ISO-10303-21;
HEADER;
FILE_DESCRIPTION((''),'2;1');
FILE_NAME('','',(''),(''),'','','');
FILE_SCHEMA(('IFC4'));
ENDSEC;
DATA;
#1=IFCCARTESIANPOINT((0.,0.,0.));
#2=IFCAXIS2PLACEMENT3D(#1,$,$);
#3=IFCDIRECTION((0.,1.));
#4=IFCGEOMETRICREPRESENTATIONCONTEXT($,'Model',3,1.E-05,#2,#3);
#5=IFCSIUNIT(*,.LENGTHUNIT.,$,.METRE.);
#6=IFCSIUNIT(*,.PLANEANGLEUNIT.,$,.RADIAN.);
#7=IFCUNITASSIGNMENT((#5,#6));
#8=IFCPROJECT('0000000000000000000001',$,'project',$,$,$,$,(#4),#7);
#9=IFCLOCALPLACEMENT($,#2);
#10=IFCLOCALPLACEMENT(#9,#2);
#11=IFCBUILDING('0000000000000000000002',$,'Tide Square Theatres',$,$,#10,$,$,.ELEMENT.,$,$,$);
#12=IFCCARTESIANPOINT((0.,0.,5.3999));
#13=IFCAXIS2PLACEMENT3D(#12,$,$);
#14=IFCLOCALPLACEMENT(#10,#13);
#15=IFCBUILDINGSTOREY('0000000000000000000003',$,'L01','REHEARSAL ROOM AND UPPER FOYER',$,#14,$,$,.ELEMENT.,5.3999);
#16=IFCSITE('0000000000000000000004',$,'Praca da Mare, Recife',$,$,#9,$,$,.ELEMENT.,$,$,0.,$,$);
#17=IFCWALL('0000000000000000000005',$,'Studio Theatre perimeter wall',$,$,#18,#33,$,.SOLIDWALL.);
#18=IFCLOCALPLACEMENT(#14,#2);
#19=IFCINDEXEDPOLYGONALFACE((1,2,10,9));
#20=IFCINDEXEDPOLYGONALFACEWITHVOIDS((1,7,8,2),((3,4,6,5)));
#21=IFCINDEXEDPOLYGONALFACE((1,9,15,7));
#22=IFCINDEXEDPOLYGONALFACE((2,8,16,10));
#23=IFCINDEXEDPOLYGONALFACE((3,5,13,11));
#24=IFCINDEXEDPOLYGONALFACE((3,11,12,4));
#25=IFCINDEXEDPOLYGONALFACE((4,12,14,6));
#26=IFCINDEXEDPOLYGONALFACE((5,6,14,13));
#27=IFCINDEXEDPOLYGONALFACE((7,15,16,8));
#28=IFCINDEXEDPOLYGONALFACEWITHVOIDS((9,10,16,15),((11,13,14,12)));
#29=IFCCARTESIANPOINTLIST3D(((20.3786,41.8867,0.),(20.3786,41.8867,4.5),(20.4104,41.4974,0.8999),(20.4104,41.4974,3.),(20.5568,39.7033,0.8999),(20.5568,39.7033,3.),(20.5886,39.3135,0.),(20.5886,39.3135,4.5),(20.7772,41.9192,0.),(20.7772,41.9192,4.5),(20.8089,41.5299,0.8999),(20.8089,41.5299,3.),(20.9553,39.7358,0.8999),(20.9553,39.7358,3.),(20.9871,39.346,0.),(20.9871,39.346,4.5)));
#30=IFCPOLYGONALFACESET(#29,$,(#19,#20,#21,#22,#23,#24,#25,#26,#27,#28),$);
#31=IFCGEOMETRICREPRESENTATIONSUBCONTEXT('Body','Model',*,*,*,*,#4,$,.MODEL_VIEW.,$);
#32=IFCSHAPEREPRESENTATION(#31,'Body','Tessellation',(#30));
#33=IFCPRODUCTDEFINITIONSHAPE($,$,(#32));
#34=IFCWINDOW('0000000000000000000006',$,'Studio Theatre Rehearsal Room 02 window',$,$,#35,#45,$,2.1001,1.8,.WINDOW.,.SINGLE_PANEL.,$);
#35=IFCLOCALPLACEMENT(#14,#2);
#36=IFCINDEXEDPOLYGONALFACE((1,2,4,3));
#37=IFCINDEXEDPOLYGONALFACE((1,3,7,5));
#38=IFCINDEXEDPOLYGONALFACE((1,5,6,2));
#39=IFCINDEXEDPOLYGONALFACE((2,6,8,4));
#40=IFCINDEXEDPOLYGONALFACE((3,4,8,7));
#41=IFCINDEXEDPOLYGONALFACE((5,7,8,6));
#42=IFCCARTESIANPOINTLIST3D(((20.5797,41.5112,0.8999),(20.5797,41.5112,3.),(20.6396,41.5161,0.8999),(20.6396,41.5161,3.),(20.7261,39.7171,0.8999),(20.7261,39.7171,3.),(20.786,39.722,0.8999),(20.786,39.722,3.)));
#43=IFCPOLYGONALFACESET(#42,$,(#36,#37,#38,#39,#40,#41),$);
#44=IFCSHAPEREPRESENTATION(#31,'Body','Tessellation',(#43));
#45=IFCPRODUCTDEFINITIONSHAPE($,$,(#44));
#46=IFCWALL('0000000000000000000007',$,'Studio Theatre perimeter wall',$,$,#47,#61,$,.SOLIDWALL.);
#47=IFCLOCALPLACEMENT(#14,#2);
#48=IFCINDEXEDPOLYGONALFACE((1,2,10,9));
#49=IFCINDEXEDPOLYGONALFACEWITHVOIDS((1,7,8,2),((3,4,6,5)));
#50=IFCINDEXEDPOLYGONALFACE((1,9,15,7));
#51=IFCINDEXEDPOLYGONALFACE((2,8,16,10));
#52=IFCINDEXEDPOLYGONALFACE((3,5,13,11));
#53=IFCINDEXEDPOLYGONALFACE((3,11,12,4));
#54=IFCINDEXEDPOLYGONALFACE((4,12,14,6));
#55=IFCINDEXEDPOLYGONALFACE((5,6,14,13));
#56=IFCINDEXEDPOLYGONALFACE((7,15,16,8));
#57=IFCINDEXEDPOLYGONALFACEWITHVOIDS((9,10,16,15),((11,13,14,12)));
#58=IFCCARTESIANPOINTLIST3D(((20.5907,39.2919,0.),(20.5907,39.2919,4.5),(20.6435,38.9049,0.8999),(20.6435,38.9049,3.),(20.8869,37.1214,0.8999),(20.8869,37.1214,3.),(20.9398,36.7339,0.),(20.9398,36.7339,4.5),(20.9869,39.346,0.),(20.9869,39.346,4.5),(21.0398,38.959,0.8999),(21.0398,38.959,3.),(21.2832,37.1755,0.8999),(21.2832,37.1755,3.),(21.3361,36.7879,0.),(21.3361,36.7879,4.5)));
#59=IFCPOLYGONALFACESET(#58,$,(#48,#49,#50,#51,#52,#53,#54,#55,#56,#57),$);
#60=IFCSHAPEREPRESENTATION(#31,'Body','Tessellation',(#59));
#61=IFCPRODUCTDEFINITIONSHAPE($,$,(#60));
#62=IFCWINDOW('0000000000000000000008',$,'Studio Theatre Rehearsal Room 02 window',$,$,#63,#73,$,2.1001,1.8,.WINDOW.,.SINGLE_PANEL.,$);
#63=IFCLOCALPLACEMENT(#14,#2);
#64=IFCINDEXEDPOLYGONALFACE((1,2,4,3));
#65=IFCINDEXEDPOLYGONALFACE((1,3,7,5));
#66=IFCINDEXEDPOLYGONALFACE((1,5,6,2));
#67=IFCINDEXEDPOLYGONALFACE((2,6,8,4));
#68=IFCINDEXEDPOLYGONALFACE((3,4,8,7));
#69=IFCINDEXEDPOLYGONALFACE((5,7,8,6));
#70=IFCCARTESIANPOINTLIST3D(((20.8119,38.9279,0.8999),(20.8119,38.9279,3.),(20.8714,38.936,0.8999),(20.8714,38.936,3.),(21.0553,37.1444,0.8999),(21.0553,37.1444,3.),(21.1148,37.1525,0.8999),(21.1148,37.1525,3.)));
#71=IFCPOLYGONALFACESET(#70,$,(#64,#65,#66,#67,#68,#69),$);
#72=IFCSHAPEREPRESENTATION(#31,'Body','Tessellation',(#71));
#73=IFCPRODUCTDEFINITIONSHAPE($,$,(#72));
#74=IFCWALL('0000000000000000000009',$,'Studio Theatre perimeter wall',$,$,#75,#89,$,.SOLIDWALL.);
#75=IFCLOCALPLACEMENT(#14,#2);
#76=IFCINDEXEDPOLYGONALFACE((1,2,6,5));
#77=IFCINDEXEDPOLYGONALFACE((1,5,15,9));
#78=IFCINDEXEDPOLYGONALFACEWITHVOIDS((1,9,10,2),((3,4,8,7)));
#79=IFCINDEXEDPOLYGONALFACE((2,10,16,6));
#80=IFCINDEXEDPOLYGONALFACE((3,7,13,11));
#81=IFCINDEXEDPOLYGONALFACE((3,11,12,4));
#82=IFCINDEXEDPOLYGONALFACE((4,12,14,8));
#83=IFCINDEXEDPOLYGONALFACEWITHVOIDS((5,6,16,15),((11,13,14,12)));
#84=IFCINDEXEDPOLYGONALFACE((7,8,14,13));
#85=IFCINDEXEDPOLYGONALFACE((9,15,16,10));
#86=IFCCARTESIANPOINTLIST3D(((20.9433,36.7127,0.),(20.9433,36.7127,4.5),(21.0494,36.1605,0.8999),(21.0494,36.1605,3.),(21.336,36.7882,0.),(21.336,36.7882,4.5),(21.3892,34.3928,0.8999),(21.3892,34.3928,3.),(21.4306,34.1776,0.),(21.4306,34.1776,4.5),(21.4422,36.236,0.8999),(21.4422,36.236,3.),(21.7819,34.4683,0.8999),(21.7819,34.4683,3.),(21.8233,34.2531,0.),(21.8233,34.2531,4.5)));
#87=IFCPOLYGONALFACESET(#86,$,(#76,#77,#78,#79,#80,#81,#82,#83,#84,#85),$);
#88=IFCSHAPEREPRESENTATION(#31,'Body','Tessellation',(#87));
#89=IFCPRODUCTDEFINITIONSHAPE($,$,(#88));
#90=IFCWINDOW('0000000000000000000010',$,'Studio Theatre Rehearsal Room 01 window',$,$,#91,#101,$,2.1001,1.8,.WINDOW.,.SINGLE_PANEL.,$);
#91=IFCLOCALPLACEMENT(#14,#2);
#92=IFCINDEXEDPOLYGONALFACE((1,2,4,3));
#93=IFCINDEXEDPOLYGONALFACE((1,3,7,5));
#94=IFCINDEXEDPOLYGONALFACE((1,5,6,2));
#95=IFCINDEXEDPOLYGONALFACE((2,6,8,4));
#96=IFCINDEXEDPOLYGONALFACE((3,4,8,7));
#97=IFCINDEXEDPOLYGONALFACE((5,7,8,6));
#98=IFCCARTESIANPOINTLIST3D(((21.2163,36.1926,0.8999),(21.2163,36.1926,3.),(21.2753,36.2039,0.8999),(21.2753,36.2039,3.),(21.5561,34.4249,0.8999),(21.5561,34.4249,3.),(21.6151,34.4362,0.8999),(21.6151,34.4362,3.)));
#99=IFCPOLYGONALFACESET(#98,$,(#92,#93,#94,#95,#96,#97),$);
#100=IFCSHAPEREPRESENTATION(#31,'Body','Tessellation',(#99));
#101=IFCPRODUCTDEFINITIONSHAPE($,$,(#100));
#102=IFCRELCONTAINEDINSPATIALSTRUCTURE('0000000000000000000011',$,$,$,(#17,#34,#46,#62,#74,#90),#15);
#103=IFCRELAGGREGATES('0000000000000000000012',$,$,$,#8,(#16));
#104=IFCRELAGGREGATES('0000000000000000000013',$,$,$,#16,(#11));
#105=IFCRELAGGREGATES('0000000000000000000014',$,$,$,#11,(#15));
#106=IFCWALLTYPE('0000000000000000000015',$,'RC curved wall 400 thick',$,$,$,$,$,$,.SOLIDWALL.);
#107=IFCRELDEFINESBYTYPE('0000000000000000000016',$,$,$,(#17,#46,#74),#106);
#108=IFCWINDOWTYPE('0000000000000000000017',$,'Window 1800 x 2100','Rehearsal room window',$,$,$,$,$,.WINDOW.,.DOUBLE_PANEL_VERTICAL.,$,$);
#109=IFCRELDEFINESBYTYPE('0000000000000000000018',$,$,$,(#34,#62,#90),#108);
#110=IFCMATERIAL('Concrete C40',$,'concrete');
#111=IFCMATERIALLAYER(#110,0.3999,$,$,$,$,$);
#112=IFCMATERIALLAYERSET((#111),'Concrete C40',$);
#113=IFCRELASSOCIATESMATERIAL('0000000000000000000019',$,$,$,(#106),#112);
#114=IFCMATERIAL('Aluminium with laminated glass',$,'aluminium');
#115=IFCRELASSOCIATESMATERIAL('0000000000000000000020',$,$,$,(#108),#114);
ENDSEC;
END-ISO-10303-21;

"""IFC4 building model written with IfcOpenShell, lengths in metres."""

from ifc_helpers import new_model, si_unit, direction, frame, frame_2d, origin, place, context, subcontext, project, spatial, rectangle, extrude, material, layer, layer_set, type_object, element, fill, save


model = new_model("IFC4")

# Units and contexts
model_context = context("Model", 3, precision=1e-05, world=origin(), true_north=direction((0.0, 1.0)))
body_context = subcontext(model_context, "Body", "Model", "MODEL_VIEW")
ifc_project = project(units=[si_unit("LENGTHUNIT", "METRE"), si_unit("PLANEANGLEUNIT", "RADIAN")], contexts=[model_context])

# Site, building, storey
site_placement = place(None, origin())
site = spatial("IfcSite", under=ifc_project, at=site_placement, Name="Praca da Mare, Recife", CompositionType="ELEMENT", RefElevation=0.0)
building_placement = place(site_placement, origin())
building = spatial("IfcBuilding", under=site, at=building_placement, Name="Tide Square Theatres", CompositionType="ELEMENT")
storey_placement = place(building_placement, frame((0.0, 0.0, 5.3999)))
storey = spatial("IfcBuildingStorey", under=building, at=storey_placement, Name="L01", Description="REHEARSAL ROOM AND UPPER FOYER", CompositionType="ELEMENT", Elevation=5.3999)

# Walls, openings, windows
ifc_material_1 = material(Name="Concrete C40", Category="concrete")
ifc_layer_1 = layer(ifc_material_1, 0.3999)
ifc_layer_set_1 = layer_set([ifc_layer_1], Name="Concrete C40")
wall_type_1 = type_object("IfcWallType", Name="RC curved wall 400 thick", PredefinedType="SOLIDWALL", material=ifc_layer_set_1)
ifc_material_2 = material(Name="Aluminium with laminated glass", Category="aluminium")
window_type = type_object("IfcWindowType", Name="Window 1800 x 2100", Description="Rehearsal room window", PartitioningType="DOUBLE_PANEL_VERTICAL", PredefinedType="WINDOW", material=ifc_material_2)
wall_1_placement = place(storey_placement, frame((20.5779, 41.9031, 0.0), z_axis=(0.0, 0.0, 1.0), x_axis=(0.081324, -0.996688, 0.0)))
wall_1 = element("IfcWall", 1, at=wall_1_placement, inside=storey, type_object=wall_type_1, Name="Studio Theatre perimeter wall", PredefinedType="SOLIDWALL", context=body_context, shape_type="SweptSolid", body=[
    extrude(rectangle(XDim=2.5818, YDim=0.3999, at=frame_2d((1.291, 0.0))), origin(), (0.0, 0.0, 1.0), 4.5),
])
opening_1_placement = place(wall_1_placement, frame((0.3909, 0.0, 0.8999)))
opening_1 = element("IfcOpeningElement", 2, at=opening_1_placement, cuts=wall_1, PredefinedType="OPENING", context=body_context, shape_type="SweptSolid", body=[
    extrude(rectangle(XDim=1.8, YDim=2.1001, at=frame_2d((0.8999, 1.05))), frame((0.0, 0.21, 0.0), z_axis=(0.0, -1.0, 0.0), x_axis=(1.0, 0.0, 0.0)), (0.0, 0.0, 1.0), 0.4199),
])
window_1_placement = place(opening_1_placement, origin())
window_1 = element("IfcWindow", 3, at=window_1_placement, inside=storey, type_object=window_type, Name="Studio Theatre Rehearsal Room 02 window", OverallHeight=2.1001, OverallWidth=1.8, PartitioningType="SINGLE_PANEL", PredefinedType="WINDOW", context=body_context, shape_type="SweptSolid", body=[
    extrude(rectangle(XDim=1.8, YDim=2.1001, at=frame_2d((0.8999, 1.05))), frame((0.0, 0.03, 0.0), z_axis=(0.0, -1.0, 0.0), x_axis=(1.0, 0.0, 0.0)), (0.0, 0.0, 1.0), 0.0601),
])
fill(opening_1, window_1)
wall_2_placement = place(storey_placement, frame((20.7888, 39.3191, 0.0), z_axis=(0.0, 0.0, 1.0), x_axis=(0.135223, -0.990815, 0.0)))
wall_2 = element("IfcWall", 4, at=wall_2_placement, inside=storey, type_object=wall_type_1, Name="Studio Theatre perimeter wall", PredefinedType="SOLIDWALL", context=body_context, shape_type="SweptSolid", body=[
    extrude(rectangle(XDim=2.5818, YDim=0.3999, at=frame_2d((1.291, 0.0))), origin(), (0.0, 0.0, 1.0), 4.5),
])
opening_2_placement = place(wall_2_placement, frame((0.3909, 0.0, 0.8999)))
opening_2 = element("IfcOpeningElement", 5, at=opening_2_placement, cuts=wall_2, PredefinedType="OPENING", context=body_context, shape_type="SweptSolid", body=[
    extrude(rectangle(XDim=1.8, YDim=2.1001, at=frame_2d((0.8999, 1.05))), frame((0.0, 0.21, 0.0), z_axis=(0.0, -1.0, 0.0), x_axis=(1.0, 0.0, 0.0)), (0.0, 0.0, 1.0), 0.4199),
])
window_2_placement = place(opening_2_placement, origin())
window_2 = element("IfcWindow", 6, at=window_2_placement, inside=storey, type_object=window_type, Name="Studio Theatre Rehearsal Room 02 window", OverallHeight=2.1001, OverallWidth=1.8, PartitioningType="SINGLE_PANEL", PredefinedType="WINDOW", context=body_context, shape_type="SweptSolid", body=[
    extrude(rectangle(XDim=1.8, YDim=2.1001, at=frame_2d((0.8999, 1.05))), frame((0.0, 0.03, 0.0), z_axis=(0.0, -1.0, 0.0), x_axis=(1.0, 0.0, 0.0)), (0.0, 0.0, 1.0), 0.0601),
])
fill(opening_2, window_2)
wall_3_placement = place(storey_placement, frame((21.1396, 36.7505, 0.0), z_axis=(0.0, 0.0, 1.0), x_axis=(0.188763, -0.982023, 0.0)))
wall_3 = element("IfcWall", 7, at=wall_3_placement, inside=storey, type_object=wall_type_1, Name="Studio Theatre perimeter wall", PredefinedType="SOLIDWALL", context=body_context, shape_type="SweptSolid", body=[
    extrude(rectangle(XDim=2.5815, YDim=0.3999, at=frame_2d((1.2908, 0.0))), origin(), (0.0, 0.0, 1.0), 4.5),
])
opening_3_placement = place(wall_3_placement, frame((0.5625, 0.0, 0.8999)))
opening_3 = element("IfcOpeningElement", 8, at=opening_3_placement, cuts=wall_3, PredefinedType="OPENING", context=body_context, shape_type="SweptSolid", body=[
    extrude(rectangle(XDim=1.8, YDim=2.1001, at=frame_2d((0.8999, 1.05))), frame((0.0, 0.21, 0.0), z_axis=(0.0, -1.0, 0.0), x_axis=(1.0, 0.0, 0.0)), (0.0, 0.0, 1.0), 0.4199),
])
window_3_placement = place(opening_3_placement, origin())
window_3 = element("IfcWindow", 9, at=window_3_placement, inside=storey, type_object=window_type, Name="Studio Theatre Rehearsal Room 01 window", OverallHeight=2.1001, OverallWidth=1.8, PartitioningType="SINGLE_PANEL", PredefinedType="WINDOW", context=body_context, shape_type="SweptSolid", body=[
    extrude(rectangle(XDim=1.8, YDim=2.1001, at=frame_2d((0.8999, 1.05))), frame((0.0, 0.03, 0.0), z_axis=(0.0, -1.0, 0.0), x_axis=(1.0, 0.0, 0.0)), (0.0, 0.0, 1.0), 0.0601),
])
fill(opening_3, window_3)

save(model, "model.ifc")
